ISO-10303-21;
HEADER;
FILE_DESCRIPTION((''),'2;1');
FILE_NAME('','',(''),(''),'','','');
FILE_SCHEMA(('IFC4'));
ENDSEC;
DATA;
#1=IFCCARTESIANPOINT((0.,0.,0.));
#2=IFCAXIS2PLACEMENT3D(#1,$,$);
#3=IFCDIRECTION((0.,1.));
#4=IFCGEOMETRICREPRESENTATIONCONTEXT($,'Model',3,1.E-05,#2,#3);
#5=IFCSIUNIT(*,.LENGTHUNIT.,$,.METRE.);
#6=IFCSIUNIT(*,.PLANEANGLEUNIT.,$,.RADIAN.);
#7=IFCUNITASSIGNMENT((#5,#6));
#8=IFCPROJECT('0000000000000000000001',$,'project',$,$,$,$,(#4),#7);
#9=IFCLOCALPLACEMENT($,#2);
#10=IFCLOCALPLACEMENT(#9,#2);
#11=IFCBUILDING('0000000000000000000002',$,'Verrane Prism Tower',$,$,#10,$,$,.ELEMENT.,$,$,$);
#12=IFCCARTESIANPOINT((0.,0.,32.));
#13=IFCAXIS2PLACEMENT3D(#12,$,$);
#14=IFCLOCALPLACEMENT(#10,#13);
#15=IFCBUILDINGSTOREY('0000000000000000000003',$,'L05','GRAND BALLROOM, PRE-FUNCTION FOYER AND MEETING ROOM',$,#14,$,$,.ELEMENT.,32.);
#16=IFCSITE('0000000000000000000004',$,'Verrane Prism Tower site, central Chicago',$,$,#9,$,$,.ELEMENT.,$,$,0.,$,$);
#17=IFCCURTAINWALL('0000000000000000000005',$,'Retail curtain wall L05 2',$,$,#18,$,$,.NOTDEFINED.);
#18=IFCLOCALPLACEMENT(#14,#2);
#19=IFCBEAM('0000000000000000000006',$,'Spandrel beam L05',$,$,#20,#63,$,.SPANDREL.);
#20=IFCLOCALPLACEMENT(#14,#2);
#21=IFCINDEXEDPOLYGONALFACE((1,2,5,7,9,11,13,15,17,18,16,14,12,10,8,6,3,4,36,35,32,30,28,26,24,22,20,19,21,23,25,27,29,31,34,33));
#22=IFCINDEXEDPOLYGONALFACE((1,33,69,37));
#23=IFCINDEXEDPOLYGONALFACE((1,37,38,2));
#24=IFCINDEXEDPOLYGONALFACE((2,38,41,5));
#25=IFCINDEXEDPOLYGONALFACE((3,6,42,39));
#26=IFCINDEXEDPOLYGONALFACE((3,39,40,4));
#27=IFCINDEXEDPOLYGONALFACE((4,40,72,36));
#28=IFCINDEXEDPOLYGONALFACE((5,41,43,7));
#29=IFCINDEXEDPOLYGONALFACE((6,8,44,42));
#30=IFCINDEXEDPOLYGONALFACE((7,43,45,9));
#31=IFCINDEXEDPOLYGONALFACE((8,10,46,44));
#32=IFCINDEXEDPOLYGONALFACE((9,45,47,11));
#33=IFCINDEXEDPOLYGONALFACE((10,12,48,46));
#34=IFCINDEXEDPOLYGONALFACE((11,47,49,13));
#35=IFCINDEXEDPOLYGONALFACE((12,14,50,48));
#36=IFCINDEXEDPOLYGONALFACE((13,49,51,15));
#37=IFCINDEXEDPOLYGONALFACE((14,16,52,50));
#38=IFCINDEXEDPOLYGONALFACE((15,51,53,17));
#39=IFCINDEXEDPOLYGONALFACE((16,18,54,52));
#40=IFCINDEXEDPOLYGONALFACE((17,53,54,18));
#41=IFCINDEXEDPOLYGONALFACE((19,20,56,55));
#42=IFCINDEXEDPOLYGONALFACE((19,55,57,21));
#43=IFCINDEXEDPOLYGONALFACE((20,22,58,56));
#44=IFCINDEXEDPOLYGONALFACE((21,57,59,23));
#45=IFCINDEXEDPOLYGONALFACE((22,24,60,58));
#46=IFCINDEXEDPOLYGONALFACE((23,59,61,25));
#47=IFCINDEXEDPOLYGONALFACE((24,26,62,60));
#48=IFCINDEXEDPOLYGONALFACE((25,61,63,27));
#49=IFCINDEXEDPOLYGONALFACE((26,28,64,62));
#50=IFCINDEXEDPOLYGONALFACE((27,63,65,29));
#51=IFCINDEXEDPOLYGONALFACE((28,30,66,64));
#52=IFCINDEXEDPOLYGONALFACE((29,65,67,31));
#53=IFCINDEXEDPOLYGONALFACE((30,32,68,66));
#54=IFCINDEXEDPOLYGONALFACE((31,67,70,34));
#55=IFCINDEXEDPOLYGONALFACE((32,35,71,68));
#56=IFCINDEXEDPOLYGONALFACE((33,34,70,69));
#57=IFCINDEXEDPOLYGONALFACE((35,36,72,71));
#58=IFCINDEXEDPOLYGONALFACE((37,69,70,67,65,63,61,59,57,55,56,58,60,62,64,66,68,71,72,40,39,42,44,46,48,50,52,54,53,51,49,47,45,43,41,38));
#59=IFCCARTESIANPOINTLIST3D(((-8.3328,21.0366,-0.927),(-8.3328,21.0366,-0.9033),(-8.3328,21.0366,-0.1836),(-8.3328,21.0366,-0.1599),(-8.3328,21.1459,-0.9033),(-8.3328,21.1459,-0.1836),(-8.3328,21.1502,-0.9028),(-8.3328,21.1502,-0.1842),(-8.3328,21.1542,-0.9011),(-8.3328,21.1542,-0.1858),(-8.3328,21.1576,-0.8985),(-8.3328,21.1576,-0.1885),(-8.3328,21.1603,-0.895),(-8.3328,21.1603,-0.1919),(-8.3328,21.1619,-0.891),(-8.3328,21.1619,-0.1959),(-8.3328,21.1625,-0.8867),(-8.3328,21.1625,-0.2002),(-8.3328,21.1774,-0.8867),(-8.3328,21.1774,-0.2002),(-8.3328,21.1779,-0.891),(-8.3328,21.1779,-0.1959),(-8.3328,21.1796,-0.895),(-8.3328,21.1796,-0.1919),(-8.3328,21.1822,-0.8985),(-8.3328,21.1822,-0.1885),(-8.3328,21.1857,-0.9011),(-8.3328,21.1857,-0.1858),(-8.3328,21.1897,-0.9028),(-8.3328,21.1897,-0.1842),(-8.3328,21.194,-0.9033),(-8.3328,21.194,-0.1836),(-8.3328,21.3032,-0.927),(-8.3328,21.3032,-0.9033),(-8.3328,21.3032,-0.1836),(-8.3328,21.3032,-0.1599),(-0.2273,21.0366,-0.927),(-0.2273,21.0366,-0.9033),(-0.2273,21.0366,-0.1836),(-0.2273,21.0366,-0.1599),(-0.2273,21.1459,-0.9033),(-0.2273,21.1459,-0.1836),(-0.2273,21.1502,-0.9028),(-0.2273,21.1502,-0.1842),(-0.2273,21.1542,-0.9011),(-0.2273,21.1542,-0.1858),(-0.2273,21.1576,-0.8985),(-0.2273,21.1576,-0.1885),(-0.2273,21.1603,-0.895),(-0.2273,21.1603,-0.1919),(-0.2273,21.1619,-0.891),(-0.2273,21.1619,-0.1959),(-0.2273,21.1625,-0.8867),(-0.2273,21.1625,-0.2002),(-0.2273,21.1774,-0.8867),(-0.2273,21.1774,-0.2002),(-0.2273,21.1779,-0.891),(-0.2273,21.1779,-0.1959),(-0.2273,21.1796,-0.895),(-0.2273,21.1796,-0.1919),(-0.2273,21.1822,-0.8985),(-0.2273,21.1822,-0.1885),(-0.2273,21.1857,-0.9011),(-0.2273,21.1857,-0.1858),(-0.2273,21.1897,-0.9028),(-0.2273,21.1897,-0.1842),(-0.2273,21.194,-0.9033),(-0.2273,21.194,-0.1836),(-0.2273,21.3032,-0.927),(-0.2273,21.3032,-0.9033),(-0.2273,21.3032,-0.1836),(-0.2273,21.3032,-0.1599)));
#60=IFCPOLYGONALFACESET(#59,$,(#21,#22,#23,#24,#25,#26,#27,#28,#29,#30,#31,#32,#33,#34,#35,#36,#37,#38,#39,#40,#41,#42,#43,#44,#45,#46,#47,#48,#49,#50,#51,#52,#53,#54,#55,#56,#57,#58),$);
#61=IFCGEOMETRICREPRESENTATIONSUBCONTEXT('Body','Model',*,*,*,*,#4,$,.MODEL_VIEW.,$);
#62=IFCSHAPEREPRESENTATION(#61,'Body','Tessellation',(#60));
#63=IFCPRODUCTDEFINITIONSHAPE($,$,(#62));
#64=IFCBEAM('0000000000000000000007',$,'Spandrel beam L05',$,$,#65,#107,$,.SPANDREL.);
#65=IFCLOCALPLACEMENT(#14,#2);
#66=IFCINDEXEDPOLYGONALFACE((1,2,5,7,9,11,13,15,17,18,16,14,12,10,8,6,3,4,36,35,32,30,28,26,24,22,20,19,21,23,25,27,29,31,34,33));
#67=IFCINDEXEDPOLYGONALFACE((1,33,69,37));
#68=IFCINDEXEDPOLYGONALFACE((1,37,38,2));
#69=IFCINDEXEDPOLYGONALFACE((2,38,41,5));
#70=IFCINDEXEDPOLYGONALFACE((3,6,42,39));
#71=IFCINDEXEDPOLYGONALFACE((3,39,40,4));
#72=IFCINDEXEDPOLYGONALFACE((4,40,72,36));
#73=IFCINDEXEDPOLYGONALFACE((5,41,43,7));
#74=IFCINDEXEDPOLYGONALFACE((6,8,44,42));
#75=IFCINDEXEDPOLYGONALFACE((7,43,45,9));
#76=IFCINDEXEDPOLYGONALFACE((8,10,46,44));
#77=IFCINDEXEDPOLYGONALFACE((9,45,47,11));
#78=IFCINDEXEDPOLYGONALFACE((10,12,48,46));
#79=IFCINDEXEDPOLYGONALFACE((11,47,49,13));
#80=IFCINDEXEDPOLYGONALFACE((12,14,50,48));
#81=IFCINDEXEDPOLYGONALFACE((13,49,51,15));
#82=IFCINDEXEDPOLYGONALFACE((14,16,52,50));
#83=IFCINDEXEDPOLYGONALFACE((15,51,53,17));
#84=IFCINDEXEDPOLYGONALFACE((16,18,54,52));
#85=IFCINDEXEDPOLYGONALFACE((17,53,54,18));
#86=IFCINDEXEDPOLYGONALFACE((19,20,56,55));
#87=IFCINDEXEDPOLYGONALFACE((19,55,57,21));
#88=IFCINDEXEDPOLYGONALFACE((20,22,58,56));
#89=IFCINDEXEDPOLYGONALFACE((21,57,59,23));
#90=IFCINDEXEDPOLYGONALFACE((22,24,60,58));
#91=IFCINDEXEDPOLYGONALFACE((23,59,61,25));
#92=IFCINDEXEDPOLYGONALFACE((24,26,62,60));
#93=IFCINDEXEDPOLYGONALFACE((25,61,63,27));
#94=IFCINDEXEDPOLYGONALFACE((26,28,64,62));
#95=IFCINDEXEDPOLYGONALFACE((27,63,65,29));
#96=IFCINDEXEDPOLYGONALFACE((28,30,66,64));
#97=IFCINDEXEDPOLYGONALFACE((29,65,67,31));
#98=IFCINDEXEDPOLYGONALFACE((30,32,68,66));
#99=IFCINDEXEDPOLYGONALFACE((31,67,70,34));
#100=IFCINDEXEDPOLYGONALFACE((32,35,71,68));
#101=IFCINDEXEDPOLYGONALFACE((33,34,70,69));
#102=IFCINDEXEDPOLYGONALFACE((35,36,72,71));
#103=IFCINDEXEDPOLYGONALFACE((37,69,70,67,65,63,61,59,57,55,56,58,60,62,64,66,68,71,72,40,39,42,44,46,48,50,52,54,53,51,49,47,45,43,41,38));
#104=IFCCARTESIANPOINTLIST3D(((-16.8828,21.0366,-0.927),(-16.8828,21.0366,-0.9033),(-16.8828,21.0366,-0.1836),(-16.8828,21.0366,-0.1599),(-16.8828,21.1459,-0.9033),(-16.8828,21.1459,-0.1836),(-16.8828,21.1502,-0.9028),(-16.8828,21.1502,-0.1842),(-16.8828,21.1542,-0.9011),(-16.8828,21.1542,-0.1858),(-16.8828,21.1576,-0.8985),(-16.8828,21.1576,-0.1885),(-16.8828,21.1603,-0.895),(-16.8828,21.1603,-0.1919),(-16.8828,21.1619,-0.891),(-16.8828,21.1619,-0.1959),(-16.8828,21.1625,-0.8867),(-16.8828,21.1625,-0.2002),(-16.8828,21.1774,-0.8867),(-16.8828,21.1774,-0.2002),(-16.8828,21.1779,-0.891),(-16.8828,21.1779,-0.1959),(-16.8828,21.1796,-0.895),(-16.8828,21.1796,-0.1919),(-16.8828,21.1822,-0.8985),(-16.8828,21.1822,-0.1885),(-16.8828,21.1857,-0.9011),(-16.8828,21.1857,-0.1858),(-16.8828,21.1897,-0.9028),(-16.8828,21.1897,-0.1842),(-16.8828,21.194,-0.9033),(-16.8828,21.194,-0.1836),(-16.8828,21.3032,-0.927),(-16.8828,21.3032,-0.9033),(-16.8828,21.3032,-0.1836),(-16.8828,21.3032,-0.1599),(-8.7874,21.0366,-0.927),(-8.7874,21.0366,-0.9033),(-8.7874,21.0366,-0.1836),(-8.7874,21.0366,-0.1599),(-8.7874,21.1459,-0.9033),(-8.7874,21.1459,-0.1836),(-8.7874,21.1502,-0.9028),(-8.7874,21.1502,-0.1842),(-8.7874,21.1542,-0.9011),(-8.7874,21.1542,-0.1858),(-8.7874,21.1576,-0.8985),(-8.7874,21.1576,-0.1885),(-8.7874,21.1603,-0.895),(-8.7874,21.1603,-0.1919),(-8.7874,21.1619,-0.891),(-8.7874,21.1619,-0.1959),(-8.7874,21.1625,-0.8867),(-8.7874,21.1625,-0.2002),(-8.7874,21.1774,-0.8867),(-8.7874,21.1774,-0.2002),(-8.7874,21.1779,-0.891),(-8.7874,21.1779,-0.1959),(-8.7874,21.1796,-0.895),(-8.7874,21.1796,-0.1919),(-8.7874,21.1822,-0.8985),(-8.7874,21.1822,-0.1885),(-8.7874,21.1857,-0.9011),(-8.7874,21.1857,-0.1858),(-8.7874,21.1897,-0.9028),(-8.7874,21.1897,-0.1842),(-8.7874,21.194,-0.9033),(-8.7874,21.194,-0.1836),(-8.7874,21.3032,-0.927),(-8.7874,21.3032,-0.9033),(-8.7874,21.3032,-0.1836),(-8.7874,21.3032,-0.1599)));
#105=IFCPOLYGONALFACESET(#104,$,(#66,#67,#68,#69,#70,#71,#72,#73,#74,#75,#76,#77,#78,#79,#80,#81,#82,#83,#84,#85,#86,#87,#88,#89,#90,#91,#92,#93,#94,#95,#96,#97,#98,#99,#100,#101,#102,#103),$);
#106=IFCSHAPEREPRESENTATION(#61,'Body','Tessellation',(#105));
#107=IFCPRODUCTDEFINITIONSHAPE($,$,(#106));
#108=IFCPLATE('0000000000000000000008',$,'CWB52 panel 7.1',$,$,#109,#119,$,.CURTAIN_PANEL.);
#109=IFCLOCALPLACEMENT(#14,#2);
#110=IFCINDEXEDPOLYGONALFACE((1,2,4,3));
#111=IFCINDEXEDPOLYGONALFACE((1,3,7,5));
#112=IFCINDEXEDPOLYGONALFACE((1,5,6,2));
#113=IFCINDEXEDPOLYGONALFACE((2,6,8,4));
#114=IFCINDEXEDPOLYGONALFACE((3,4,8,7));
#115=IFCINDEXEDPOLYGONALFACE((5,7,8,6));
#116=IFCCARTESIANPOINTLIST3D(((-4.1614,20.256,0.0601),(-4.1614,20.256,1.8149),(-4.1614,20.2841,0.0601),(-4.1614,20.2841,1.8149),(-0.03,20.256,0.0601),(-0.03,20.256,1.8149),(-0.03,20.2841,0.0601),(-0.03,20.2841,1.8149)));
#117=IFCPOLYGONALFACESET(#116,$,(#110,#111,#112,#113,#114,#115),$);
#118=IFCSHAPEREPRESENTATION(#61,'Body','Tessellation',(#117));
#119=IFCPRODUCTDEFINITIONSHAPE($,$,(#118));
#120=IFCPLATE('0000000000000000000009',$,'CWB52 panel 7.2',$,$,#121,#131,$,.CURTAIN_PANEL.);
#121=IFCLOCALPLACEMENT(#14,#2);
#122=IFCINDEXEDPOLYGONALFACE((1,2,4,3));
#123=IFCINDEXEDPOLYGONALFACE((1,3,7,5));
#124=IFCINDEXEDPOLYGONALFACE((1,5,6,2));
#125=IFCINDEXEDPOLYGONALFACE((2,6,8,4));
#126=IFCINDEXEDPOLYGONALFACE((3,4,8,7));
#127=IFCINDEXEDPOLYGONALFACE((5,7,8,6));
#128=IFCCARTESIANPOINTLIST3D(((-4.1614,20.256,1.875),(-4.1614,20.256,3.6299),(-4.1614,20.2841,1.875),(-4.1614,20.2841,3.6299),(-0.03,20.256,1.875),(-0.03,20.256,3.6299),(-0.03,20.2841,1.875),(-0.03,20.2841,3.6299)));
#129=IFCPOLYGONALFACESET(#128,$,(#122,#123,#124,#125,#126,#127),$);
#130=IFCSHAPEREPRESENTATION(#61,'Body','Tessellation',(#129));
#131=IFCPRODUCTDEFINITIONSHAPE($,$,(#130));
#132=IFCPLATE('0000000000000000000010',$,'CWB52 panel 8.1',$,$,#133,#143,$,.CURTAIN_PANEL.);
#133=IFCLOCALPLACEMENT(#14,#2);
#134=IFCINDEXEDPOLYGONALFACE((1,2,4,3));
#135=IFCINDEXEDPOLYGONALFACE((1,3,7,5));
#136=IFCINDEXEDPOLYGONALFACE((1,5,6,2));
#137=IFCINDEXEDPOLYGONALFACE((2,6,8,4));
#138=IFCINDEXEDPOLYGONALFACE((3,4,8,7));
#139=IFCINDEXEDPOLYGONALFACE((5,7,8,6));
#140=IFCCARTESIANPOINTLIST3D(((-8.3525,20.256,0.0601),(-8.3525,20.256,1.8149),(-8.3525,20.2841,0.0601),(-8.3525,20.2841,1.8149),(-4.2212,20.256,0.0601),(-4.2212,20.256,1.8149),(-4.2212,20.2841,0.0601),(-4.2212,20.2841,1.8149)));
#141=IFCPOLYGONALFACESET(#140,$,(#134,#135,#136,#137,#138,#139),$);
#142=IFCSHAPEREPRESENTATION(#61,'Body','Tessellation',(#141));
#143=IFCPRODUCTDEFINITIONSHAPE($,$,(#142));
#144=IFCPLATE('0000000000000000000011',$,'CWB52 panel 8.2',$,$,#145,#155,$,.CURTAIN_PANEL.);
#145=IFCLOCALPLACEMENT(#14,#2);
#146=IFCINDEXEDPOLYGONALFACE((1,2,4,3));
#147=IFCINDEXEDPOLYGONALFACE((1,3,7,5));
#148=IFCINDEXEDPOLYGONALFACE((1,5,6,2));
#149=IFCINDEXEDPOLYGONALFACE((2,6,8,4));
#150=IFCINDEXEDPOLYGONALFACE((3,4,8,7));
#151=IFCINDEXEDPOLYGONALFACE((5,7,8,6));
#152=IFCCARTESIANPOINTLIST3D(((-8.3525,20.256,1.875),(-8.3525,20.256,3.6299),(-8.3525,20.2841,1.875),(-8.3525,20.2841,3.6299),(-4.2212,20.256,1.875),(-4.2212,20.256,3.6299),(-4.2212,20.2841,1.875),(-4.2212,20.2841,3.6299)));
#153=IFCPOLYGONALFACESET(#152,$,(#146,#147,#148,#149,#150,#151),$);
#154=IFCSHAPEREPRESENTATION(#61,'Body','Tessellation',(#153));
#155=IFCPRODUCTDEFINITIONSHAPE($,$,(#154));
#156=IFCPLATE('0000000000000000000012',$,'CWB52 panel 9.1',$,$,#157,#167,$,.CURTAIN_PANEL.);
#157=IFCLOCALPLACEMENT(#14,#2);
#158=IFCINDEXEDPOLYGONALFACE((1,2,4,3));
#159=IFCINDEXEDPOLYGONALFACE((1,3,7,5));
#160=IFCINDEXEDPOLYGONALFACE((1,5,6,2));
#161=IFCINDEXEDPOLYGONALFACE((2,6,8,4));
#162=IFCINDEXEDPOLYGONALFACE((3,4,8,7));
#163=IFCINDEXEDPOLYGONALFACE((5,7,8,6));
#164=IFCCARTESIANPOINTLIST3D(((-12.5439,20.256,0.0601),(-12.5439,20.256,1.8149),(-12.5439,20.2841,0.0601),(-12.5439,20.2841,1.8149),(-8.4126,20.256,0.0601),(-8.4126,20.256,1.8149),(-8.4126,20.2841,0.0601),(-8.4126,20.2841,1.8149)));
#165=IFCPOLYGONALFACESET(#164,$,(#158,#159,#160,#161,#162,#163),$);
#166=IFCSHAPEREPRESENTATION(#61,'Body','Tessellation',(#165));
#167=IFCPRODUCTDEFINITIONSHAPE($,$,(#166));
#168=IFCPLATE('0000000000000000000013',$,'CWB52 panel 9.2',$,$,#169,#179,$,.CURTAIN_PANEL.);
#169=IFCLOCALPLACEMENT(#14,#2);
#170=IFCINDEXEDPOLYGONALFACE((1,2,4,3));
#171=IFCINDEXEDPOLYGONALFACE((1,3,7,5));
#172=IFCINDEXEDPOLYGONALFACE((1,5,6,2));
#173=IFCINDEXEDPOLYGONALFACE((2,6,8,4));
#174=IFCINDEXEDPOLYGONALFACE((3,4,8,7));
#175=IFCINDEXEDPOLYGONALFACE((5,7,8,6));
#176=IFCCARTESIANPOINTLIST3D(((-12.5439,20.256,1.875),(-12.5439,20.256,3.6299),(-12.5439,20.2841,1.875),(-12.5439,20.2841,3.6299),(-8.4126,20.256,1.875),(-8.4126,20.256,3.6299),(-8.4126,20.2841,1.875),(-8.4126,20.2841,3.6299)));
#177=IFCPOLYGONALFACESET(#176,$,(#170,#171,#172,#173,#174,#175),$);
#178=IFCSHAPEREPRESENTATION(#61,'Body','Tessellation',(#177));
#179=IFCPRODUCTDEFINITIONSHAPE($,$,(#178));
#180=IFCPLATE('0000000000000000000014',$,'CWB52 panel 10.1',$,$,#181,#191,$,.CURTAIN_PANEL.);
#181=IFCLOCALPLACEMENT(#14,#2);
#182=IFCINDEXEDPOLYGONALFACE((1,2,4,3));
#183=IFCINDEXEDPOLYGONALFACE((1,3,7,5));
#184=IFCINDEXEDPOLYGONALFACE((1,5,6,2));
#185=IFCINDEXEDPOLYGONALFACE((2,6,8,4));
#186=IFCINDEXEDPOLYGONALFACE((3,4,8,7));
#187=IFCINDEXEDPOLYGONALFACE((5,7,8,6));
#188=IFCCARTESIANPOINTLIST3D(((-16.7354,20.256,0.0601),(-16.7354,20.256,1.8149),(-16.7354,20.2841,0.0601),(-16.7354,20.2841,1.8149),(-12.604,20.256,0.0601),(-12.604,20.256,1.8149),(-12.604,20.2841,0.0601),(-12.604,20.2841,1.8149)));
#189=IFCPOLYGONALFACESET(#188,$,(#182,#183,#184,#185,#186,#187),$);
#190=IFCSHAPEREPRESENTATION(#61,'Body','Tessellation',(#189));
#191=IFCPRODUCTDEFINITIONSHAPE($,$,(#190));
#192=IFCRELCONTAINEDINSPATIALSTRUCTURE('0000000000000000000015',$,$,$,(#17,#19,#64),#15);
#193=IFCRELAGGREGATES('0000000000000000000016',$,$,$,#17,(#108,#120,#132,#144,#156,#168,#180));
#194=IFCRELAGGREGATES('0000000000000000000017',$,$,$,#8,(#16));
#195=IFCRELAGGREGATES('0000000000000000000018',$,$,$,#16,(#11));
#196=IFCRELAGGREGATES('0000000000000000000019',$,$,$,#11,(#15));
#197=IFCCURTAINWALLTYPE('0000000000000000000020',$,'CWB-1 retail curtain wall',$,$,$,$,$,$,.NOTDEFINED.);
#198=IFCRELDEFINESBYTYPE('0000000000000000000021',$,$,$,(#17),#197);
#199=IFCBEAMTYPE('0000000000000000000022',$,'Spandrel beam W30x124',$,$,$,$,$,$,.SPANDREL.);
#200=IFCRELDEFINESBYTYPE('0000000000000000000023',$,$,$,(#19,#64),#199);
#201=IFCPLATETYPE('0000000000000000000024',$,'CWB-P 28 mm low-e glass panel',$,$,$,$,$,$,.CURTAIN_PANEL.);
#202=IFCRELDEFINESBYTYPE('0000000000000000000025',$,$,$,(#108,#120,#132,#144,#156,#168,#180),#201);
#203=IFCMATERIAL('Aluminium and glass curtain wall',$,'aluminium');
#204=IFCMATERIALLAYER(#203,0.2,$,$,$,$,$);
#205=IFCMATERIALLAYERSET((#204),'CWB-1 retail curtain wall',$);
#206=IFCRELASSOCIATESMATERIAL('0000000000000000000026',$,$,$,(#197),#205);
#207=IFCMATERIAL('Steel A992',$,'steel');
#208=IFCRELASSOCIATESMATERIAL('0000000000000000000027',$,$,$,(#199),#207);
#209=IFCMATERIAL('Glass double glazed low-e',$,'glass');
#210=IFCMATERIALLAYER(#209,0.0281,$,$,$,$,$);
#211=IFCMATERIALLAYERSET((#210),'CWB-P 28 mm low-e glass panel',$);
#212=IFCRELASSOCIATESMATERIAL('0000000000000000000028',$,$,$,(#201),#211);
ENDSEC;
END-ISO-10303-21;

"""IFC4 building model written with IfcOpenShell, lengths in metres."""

from ifc_helpers import new_model, si_unit, direction, frame, origin, origin_2d, place, context, subcontext, project, spatial, rectangle, i_section, extrude, material, layer, layer_set, material_profile, profile_set, type_object, element, aggregate, save


model = new_model("IFC4")

# Units and contexts
model_context = context("Model", 3, precision=1e-05, world=origin(), true_north=direction((0.0, 1.0)))
body_context = subcontext(model_context, "Body", "Model", "MODEL_VIEW")
ifc_project = project(units=[si_unit("LENGTHUNIT", "METRE"), si_unit("PLANEANGLEUNIT", "RADIAN")], contexts=[model_context])

# Site, building, storey
site_placement = place(None, origin())
site = spatial("IfcSite", under=ifc_project, at=site_placement, Name="Verrane Prism Tower site, central Chicago", CompositionType="ELEMENT", RefElevation=0.0)
building_placement = place(site_placement, origin())
building = spatial("IfcBuilding", under=site, at=building_placement, Name="Verrane Prism Tower", CompositionType="ELEMENT")
storey_placement = place(building_placement, frame((0.0, 0.0, 32.0)))
storey = spatial("IfcBuildingStorey", under=building, at=storey_placement, Name="L05", Description="GRAND BALLROOM, PRE-FUNCTION FOYER AND MEETING ROOM", CompositionType="ELEMENT", Elevation=32.0)

# Curtain wall
ifc_material_1 = material(Name="Aluminium and glass curtain wall", Category="aluminium")
ifc_layer_1 = layer(ifc_material_1, 0.2)
ifc_layer_set_1 = layer_set([ifc_layer_1], Name="CWB-1 retail curtain wall")
curtain_wall_type = type_object("IfcCurtainWallType", Name="CWB-1 retail curtain wall", PredefinedType="NOTDEFINED", material=ifc_layer_set_1)
curtain_wall_placement = place(storey_placement, origin())
curtain_wall = element("IfcCurtainWall", 1, at=curtain_wall_placement, inside=storey, type_object=curtain_wall_type, Name="Retail curtain wall L05 2", PredefinedType="NOTDEFINED")

# Beams
ifc_material_2 = material(Name="Steel A992", Category="steel")
ifc_material_profile_1 = material_profile(ifc_material_2, i_section(OverallWidth=0.2666, OverallDepth=0.7671, WebThickness=0.0149, FlangeThickness=0.0237, FilletRadius=0.0166, at=origin_2d()), Name="W30x124")
ifc_profile_set_1 = profile_set([ifc_material_profile_1], Name="Steel A992")
beam_type_1 = type_object("IfcBeamType", Name="Spandrel beam W30x124", PredefinedType="SPANDREL", material=ifc_profile_set_1)
beam_1_placement = place(storey_placement, frame((-0.2273, 21.1699, -0.5435), z_axis=(-1.0, 0.0, 0.0), x_axis=(0.0, -1.0, 0.0)))
element("IfcBeam", 2, at=beam_1_placement, inside=storey, type_object=beam_type_1, Name="Spandrel beam L05", PredefinedType="SPANDREL", context=body_context, shape_type="SweptSolid", body=[
    extrude(i_section(OverallWidth=0.2666, OverallDepth=0.7671, WebThickness=0.0149, FlangeThickness=0.0237, FilletRadius=0.0166, at=origin_2d()), origin(), (0.0, 0.0, 1.0), 8.1055),
])
beam_2_placement = place(storey_placement, frame((-8.7874, 21.1699, -0.5435), z_axis=(-1.0, 0.0, 0.0), x_axis=(0.0, -1.0, 0.0)))
element("IfcBeam", 3, at=beam_2_placement, inside=storey, type_object=beam_type_1, Name="Spandrel beam L05", PredefinedType="SPANDREL", context=body_context, shape_type="SweptSolid", body=[
    extrude(i_section(OverallWidth=0.2666, OverallDepth=0.7671, WebThickness=0.0149, FlangeThickness=0.0237, FilletRadius=0.0166, at=origin_2d()), origin(), (0.0, 0.0, 1.0), 8.0955),
])

# Plates
ifc_material_3 = material(Name="Glass double glazed low-e", Category="glass")
ifc_layer_2 = layer(ifc_material_3, 0.0281)
ifc_layer_set_2 = layer_set([ifc_layer_2], Name="CWB-P 28 mm low-e glass panel")
plate_type = type_object("IfcPlateType", Name="CWB-P 28 mm low-e glass panel", PredefinedType="CURTAIN_PANEL", material=ifc_layer_set_2)
plate_1_placement = place(storey_placement, frame((-2.0957, 20.27, 0.0601), z_axis=(0.0, 0.0, 1.0), x_axis=(-1.0, 0.0, 0.0)))
plate_1 = element("IfcPlate", 4, at=plate_1_placement, type_object=plate_type, Name="CWB52 panel 7.1", PredefinedType="CURTAIN_PANEL", context=body_context, shape_type="SweptSolid", body=[
    extrude(rectangle(XDim=4.1313, YDim=0.0281, at=origin_2d()), origin(), (0.0, 0.0, 1.0), 1.7549),
])
plate_2_placement = place(storey_placement, frame((-2.0957, 20.27, 1.875), z_axis=(0.0, 0.0, 1.0), x_axis=(-1.0, 0.0, 0.0)))
plate_2 = element("IfcPlate", 5, at=plate_2_placement, type_object=plate_type, Name="CWB52 panel 7.2", PredefinedType="CURTAIN_PANEL", context=body_context, shape_type="SweptSolid", body=[
    extrude(rectangle(XDim=4.1313, YDim=0.0281, at=origin_2d()), origin(), (0.0, 0.0, 1.0), 1.7549),
])
plate_3_placement = place(storey_placement, frame((-6.2869, 20.27, 0.0601), z_axis=(0.0, 0.0, 1.0), x_axis=(-1.0, 0.0, 0.0)))
plate_3 = element("IfcPlate", 6, at=plate_3_placement, type_object=plate_type, Name="CWB52 panel 8.1", PredefinedType="CURTAIN_PANEL", context=body_context, shape_type="SweptSolid", body=[
    extrude(rectangle(XDim=4.1313, YDim=0.0281, at=origin_2d()), origin(), (0.0, 0.0, 1.0), 1.7549),
])
plate_4_placement = place(storey_placement, frame((-6.2869, 20.27, 1.875), z_axis=(0.0, 0.0, 1.0), x_axis=(-1.0, 0.0, 0.0)))
plate_4 = element("IfcPlate", 7, at=plate_4_placement, type_object=plate_type, Name="CWB52 panel 8.2", PredefinedType="CURTAIN_PANEL", context=body_context, shape_type="SweptSolid", body=[
    extrude(rectangle(XDim=4.1313, YDim=0.0281, at=origin_2d()), origin(), (0.0, 0.0, 1.0), 1.7549),
])
plate_5_placement = place(storey_placement, frame((-10.4783, 20.27, 0.0601), z_axis=(0.0, 0.0, 1.0), x_axis=(-1.0, 0.0, 0.0)))
plate_5 = element("IfcPlate", 8, at=plate_5_placement, type_object=plate_type, Name="CWB52 panel 9.1", PredefinedType="CURTAIN_PANEL", context=body_context, shape_type="SweptSolid", body=[
    extrude(rectangle(XDim=4.1313, YDim=0.0281, at=origin_2d()), origin(), (0.0, 0.0, 1.0), 1.7549),
])
plate_6_placement = place(storey_placement, frame((-10.4783, 20.27, 1.875), z_axis=(0.0, 0.0, 1.0), x_axis=(-1.0, 0.0, 0.0)))
plate_6 = element("IfcPlate", 9, at=plate_6_placement, type_object=plate_type, Name="CWB52 panel 9.2", PredefinedType="CURTAIN_PANEL", context=body_context, shape_type="SweptSolid", body=[
    extrude(rectangle(XDim=4.1313, YDim=0.0281, at=origin_2d()), origin(), (0.0, 0.0, 1.0), 1.7549),
])
plate_7_placement = place(storey_placement, frame((-14.6697, 20.27, 0.0601), z_axis=(0.0, 0.0, 1.0), x_axis=(-1.0, 0.0, 0.0)))
plate_7 = element("IfcPlate", 10, at=plate_7_placement, type_object=plate_type, Name="CWB52 panel 10.1", PredefinedType="CURTAIN_PANEL", context=body_context, shape_type="SweptSolid", body=[
    extrude(rectangle(XDim=4.1313, YDim=0.0281, at=origin_2d()), origin(), (0.0, 0.0, 1.0), 1.7549),
])
aggregate(curtain_wall, [plate_1, plate_2, plate_3, plate_4, plate_5, plate_6, plate_7])

save(model, "model.ifc")
